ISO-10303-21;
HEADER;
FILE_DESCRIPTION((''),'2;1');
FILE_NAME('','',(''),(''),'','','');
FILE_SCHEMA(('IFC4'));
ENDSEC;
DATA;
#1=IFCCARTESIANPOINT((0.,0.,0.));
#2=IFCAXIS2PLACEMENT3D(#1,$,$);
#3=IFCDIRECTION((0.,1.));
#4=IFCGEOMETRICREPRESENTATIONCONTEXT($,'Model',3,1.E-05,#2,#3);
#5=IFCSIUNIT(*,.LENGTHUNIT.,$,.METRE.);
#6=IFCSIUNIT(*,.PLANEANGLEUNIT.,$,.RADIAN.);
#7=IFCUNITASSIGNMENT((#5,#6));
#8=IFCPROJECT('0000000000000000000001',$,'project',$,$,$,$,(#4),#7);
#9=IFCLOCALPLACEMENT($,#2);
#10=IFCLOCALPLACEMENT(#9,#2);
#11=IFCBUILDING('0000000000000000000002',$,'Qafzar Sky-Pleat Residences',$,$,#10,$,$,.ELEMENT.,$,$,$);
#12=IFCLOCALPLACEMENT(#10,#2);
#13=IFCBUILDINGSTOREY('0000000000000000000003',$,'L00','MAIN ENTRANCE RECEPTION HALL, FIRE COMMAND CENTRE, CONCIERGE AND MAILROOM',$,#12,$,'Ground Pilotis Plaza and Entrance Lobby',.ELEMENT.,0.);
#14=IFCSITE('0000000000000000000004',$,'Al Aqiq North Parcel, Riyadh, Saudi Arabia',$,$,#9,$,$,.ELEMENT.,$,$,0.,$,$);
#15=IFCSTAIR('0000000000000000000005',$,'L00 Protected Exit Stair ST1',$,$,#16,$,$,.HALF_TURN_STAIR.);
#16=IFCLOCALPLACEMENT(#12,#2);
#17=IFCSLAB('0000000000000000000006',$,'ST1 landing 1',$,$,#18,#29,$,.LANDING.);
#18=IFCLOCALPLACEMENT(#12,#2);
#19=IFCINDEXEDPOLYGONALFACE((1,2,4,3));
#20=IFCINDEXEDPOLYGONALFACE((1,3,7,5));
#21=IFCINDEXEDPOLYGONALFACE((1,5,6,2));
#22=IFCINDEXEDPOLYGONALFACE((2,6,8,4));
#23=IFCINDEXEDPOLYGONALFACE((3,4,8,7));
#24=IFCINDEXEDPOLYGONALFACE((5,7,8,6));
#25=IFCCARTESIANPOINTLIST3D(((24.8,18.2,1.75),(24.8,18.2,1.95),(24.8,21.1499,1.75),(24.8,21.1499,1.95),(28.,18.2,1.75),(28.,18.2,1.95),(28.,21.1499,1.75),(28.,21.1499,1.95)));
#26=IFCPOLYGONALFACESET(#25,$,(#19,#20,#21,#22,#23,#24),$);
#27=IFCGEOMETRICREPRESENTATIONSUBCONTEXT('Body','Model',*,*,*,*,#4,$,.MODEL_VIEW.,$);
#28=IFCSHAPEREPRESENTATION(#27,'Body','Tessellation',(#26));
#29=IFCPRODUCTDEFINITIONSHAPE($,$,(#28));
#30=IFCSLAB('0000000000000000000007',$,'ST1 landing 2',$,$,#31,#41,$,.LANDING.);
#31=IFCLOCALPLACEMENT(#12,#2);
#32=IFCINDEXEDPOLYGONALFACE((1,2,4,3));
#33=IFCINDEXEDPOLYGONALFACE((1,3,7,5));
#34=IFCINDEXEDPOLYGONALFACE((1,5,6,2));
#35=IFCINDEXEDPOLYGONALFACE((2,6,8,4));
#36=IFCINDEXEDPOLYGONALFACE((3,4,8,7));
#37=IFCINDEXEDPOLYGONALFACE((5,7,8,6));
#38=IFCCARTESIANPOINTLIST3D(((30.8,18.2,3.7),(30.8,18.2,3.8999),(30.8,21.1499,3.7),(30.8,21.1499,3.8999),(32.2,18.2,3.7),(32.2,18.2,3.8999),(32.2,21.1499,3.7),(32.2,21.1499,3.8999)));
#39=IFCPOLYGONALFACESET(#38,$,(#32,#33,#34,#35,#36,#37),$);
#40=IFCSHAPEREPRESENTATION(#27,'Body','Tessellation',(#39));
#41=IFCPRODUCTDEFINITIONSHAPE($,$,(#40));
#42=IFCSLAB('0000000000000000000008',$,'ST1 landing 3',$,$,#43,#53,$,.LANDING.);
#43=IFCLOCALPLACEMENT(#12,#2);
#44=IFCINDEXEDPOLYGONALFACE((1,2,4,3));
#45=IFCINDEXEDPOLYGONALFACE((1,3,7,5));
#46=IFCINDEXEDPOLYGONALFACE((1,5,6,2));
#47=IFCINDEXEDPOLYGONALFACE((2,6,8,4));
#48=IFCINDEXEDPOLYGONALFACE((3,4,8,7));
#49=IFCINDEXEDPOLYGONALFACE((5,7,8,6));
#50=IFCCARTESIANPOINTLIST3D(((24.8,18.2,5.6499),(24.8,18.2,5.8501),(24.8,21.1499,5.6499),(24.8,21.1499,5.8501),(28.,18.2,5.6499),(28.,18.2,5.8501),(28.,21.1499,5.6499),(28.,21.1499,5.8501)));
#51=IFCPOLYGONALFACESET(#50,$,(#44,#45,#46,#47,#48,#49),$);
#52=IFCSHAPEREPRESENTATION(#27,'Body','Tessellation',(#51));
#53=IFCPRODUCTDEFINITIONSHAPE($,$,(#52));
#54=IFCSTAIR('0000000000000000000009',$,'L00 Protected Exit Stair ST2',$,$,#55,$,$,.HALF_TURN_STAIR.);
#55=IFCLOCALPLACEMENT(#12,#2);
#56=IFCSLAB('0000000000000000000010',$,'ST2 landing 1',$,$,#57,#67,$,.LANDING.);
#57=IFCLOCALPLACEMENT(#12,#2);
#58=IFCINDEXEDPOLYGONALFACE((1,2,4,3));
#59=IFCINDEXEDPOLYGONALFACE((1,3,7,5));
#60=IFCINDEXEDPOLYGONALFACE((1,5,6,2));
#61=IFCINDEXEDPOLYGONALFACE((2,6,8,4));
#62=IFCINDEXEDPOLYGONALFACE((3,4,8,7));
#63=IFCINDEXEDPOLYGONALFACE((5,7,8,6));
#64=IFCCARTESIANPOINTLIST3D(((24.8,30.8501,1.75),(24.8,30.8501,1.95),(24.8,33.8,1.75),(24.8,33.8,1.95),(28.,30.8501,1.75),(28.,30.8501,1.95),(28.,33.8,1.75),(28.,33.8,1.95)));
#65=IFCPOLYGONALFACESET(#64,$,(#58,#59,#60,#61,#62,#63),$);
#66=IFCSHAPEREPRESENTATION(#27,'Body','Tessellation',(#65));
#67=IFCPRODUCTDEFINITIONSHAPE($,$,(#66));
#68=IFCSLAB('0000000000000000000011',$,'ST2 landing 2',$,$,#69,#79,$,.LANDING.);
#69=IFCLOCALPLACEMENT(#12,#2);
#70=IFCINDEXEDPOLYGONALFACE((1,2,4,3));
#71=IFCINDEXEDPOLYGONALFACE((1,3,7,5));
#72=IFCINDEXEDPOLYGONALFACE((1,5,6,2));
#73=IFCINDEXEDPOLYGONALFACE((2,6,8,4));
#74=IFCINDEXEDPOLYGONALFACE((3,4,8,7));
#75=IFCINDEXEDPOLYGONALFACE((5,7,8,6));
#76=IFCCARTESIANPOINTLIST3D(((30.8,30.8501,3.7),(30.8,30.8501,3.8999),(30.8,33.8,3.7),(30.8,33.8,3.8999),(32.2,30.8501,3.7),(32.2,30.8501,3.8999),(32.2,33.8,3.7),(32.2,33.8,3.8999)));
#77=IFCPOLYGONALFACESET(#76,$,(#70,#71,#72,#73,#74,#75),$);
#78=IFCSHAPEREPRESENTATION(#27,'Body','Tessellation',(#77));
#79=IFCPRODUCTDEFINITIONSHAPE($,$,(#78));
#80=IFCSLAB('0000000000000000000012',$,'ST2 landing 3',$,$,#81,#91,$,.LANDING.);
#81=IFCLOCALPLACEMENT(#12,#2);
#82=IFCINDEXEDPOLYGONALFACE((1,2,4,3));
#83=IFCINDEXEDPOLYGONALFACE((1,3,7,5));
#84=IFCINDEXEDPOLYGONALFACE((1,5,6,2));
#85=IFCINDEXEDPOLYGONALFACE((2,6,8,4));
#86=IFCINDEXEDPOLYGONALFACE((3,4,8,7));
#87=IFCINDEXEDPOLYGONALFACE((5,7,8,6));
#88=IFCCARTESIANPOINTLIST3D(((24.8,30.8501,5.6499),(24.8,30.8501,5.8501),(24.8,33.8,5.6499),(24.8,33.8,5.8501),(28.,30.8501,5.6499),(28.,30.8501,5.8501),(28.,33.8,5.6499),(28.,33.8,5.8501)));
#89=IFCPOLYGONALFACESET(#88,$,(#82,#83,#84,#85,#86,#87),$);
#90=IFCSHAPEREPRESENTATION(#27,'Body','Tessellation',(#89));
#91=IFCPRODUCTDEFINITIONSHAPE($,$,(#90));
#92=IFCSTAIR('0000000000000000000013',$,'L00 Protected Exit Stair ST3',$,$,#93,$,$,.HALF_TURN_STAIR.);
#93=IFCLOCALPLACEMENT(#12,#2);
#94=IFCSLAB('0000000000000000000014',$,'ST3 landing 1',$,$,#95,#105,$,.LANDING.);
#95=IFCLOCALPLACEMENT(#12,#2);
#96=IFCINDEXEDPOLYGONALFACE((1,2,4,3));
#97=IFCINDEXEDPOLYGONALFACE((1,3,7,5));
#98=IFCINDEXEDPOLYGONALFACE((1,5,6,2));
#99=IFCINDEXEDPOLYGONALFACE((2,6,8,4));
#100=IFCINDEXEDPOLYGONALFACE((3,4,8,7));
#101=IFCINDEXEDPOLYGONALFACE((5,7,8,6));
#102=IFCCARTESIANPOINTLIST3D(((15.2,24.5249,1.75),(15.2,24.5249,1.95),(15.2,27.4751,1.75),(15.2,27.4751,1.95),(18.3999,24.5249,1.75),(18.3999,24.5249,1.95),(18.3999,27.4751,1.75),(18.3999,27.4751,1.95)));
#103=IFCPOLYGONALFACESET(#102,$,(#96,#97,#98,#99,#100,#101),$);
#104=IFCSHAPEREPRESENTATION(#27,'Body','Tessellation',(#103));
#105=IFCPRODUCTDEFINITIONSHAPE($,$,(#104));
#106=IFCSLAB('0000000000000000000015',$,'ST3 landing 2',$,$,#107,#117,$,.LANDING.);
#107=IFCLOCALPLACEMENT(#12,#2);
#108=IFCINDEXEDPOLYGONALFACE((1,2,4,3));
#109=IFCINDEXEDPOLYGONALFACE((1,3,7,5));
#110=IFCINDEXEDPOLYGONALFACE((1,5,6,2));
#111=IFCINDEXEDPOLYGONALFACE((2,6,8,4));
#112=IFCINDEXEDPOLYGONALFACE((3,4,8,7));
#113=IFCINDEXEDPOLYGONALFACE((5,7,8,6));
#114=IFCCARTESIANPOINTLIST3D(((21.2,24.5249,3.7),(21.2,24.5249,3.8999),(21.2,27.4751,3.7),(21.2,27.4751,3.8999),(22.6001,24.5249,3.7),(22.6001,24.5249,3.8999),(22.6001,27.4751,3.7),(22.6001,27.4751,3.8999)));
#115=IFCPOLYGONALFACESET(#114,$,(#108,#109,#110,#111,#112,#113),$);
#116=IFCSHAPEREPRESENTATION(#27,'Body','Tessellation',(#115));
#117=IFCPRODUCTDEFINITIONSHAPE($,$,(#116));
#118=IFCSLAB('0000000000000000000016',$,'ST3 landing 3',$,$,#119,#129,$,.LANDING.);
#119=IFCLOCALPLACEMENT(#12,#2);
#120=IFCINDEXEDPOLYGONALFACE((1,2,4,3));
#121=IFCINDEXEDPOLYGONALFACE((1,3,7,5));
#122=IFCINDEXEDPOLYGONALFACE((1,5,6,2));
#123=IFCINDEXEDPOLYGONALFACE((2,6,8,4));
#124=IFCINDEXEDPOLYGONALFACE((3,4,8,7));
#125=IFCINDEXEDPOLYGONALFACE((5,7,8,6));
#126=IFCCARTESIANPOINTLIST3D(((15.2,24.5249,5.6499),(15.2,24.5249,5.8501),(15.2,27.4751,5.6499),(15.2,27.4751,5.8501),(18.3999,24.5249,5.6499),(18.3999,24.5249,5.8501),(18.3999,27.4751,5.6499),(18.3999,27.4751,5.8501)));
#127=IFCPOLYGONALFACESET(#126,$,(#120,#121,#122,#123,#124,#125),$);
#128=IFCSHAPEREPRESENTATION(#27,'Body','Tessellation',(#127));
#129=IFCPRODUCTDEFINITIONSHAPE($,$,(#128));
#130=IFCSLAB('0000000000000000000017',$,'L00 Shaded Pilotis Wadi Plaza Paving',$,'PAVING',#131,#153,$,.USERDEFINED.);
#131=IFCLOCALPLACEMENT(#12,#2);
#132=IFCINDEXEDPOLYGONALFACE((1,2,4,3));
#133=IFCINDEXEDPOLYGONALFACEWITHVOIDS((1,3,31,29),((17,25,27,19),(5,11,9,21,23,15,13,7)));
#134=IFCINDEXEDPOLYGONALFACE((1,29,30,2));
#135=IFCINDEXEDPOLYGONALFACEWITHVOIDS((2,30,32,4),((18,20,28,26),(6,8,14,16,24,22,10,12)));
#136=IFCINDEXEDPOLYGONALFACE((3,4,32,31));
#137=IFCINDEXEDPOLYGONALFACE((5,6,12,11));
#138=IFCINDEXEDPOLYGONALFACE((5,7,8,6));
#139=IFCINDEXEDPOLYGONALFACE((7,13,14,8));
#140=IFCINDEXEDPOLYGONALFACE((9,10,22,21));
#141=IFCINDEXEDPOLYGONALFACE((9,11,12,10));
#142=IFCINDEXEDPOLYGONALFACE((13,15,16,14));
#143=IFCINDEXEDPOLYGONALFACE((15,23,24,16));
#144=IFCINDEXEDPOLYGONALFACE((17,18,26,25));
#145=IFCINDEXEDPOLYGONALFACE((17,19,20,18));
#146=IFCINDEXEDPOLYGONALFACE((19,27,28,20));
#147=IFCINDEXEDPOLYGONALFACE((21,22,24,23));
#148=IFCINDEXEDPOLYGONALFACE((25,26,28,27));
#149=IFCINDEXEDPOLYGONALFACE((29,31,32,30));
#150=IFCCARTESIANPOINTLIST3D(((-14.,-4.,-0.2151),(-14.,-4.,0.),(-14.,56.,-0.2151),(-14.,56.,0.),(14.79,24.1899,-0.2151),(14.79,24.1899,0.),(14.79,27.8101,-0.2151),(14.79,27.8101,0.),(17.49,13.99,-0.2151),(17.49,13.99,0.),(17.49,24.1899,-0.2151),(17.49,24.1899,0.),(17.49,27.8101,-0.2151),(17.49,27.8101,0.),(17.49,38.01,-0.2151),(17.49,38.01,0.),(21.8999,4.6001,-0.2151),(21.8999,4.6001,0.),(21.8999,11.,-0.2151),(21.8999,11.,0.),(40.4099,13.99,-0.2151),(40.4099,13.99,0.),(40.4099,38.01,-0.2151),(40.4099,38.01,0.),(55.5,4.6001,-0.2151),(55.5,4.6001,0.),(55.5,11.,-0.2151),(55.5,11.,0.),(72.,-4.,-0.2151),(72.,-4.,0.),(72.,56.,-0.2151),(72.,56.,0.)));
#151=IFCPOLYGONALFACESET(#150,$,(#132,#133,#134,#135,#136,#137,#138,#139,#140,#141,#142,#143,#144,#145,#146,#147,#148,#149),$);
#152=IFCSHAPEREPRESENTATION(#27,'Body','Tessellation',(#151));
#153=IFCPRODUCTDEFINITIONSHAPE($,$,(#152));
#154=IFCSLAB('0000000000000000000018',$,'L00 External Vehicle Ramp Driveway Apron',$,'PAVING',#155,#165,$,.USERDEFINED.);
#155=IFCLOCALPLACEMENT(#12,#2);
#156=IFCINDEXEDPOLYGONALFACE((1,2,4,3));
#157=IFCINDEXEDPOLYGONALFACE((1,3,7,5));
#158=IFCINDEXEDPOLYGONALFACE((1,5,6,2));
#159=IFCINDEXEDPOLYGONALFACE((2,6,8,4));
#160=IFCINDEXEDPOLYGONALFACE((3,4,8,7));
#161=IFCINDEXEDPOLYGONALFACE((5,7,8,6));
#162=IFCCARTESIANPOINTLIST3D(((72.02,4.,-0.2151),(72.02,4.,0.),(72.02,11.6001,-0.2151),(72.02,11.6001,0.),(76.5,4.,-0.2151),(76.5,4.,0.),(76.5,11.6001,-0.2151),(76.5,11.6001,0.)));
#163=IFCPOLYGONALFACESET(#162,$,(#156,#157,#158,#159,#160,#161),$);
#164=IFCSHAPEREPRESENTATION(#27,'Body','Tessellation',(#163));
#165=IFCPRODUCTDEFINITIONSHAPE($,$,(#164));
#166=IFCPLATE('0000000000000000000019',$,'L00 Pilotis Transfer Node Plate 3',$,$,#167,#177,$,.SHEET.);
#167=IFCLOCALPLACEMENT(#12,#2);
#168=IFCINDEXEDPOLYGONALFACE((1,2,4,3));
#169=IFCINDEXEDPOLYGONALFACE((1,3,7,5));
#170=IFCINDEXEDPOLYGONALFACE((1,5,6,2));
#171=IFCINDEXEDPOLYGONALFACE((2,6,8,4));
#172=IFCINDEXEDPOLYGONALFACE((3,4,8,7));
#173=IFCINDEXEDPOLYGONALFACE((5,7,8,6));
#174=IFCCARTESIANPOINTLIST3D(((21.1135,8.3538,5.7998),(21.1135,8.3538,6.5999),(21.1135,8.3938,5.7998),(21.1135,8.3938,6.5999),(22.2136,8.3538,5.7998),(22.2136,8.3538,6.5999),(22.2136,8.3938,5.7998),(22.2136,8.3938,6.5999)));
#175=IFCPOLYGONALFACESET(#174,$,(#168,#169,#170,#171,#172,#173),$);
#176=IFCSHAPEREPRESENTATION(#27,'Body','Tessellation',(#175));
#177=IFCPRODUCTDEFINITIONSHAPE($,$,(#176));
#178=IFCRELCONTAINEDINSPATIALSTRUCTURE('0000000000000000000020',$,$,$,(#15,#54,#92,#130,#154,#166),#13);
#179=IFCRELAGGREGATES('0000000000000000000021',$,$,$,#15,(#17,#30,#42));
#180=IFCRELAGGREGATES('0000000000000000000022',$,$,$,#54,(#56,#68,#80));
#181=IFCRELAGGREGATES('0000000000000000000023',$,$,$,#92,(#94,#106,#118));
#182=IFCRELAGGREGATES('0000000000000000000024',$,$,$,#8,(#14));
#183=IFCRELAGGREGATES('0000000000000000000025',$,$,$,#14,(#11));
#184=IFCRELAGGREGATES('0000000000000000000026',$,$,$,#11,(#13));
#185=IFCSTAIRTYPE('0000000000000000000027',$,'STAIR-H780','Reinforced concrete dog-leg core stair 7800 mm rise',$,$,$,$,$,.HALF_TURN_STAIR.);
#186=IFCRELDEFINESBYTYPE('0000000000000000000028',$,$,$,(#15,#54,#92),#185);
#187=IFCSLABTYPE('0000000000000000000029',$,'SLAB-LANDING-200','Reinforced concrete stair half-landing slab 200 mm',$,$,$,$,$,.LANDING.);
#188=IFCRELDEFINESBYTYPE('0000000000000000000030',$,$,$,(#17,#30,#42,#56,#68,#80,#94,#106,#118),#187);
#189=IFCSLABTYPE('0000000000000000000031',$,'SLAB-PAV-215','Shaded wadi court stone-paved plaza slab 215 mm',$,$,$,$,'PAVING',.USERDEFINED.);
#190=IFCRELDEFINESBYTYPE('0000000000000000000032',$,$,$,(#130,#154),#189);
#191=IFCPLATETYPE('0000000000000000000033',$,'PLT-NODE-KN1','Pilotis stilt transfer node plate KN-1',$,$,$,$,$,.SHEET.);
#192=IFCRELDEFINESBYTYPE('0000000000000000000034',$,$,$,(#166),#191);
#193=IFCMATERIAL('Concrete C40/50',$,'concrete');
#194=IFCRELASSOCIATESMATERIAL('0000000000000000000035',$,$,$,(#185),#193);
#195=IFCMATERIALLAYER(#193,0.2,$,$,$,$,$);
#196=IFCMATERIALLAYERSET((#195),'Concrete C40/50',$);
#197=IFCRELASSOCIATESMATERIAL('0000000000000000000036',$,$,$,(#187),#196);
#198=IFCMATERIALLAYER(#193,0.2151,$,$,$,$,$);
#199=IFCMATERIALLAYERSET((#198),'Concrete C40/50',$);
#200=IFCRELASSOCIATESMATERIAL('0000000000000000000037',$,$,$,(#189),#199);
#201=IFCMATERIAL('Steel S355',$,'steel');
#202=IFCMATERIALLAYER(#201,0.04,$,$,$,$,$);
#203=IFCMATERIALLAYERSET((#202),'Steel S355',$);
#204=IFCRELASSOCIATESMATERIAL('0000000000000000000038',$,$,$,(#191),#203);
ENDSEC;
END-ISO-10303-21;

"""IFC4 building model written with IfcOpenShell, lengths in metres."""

from ifc_helpers import new_model, si_unit, direction, frame, origin, origin_2d, place, context, subcontext, project, spatial, polyline, rectangle, outline, extrude, source, transform, mapped, material, layer, layer_set, type_object, element, aggregate, save


model = new_model("IFC4")

# Units and contexts
model_context = context("Model", 3, precision=1e-05, world=origin(), true_north=direction((0.0, 1.0)))
body_context = subcontext(model_context, "Body", "Model", "MODEL_VIEW")
ifc_project = project(units=[si_unit("LENGTHUNIT", "METRE"), si_unit("PLANEANGLEUNIT", "RADIAN")], contexts=[model_context])

# Site, building, storey
site_placement = place(None, origin())
site = spatial("IfcSite", under=ifc_project, at=site_placement, Name="Al Aqiq North Parcel, Riyadh, Saudi Arabia", CompositionType="ELEMENT", RefElevation=0.0)
building_placement = place(site_placement, origin())
building = spatial("IfcBuilding", under=site, at=building_placement, Name="Qafzar Sky-Pleat Residences", CompositionType="ELEMENT")
storey_placement = place(building_placement, origin())
storey = spatial("IfcBuildingStorey", under=building, at=storey_placement, Name="L00", Description="MAIN ENTRANCE RECEPTION HALL, FIRE COMMAND CENTRE, CONCIERGE AND MAILROOM", LongName="Ground Pilotis Plaza and Entrance Lobby", CompositionType="ELEMENT", Elevation=0.0)

# Shared definitions
ifc_material_1 = material(Name="Concrete C40/50", Category="concrete")

# Stairs, slabs
stair_type = type_object("IfcStairType", Name="STAIR-H780", Description="Reinforced concrete dog-leg core stair 7800 mm rise", PredefinedType="HALF_TURN_STAIR", material=ifc_material_1)
stair_1_placement = place(storey_placement, origin())
stair_1 = element("IfcStair", 1, at=stair_1_placement, inside=storey, type_object=stair_type, Name="L00 Protected Exit Stair ST1", PredefinedType="HALF_TURN_STAIR")
ifc_layer_1 = layer(ifc_material_1, 0.2)
ifc_layer_set_1 = layer_set([ifc_layer_1], Name="Concrete C40/50")
slab_type_1 = type_object("IfcSlabType", Name="SLAB-LANDING-200", Description="Reinforced concrete stair half-landing slab 200 mm", PredefinedType="LANDING", material=ifc_layer_set_1)
slab_1_placement = place(storey_placement, frame((0.0, 0.0, 1.75)))
slab_1 = element("IfcSlab", 2, at=slab_1_placement, type_object=slab_type_1, Name="ST1 landing 1", PredefinedType="LANDING", context=body_context, shape_type="SweptSolid", body=[
    extrude(outline(polyline([(28.0, 21.1499), (24.8, 21.1499), (24.8, 18.2), (28.0, 18.2), (28.0, 21.1499)])), origin(), (0.0, 0.0, 1.0), 0.2),
])
slab_2_placement = place(storey_placement, frame((0.0, 0.0, 3.7)))
slab_2 = element("IfcSlab", 3, at=slab_2_placement, type_object=slab_type_1, Name="ST1 landing 2", PredefinedType="LANDING", context=body_context, shape_type="SweptSolid", body=[
    extrude(outline(polyline([(32.2, 21.1499), (30.8, 21.1499), (30.8, 18.2), (32.2, 18.2), (32.2, 21.1499)])), origin(), (0.0, 0.0, 1.0), 0.2),
])
slab_3_placement = place(storey_placement, frame((0.0, 0.0, 5.6499)))
slab_3 = element("IfcSlab", 4, at=slab_3_placement, type_object=slab_type_1, Name="ST1 landing 3", PredefinedType="LANDING", context=body_context, shape_type="SweptSolid", body=[
    extrude(outline(polyline([(28.0, 21.1499), (24.8, 21.1499), (24.8, 18.2), (28.0, 18.2), (28.0, 21.1499)])), origin(), (0.0, 0.0, 1.0), 0.2002),
])
aggregate(stair_1, [slab_1, slab_2, slab_3])
stair_2_placement = place(storey_placement, origin())
stair_2 = element("IfcStair", 5, at=stair_2_placement, inside=storey, type_object=stair_type, Name="L00 Protected Exit Stair ST2", PredefinedType="HALF_TURN_STAIR")
slab_4_placement = place(storey_placement, frame((0.0, 0.0, 1.75)))
slab_4 = element("IfcSlab", 6, at=slab_4_placement, type_object=slab_type_1, Name="ST2 landing 1", PredefinedType="LANDING", context=body_context, shape_type="SweptSolid", body=[
    extrude(outline(polyline([(28.0, 33.8), (24.8, 33.8), (24.8, 30.8501), (28.0, 30.8501), (28.0, 33.8)])), origin(), (0.0, 0.0, 1.0), 0.2),
])
slab_5_placement = place(storey_placement, frame((0.0, 0.0, 3.7)))
slab_5 = element("IfcSlab", 7, at=slab_5_placement, type_object=slab_type_1, Name="ST2 landing 2", PredefinedType="LANDING", context=body_context, shape_type="SweptSolid", body=[
    extrude(outline(polyline([(32.2, 33.8), (30.8, 33.8), (30.8, 30.8501), (32.2, 30.8501), (32.2, 33.8)])), origin(), (0.0, 0.0, 1.0), 0.2),
])
slab_6_placement = place(storey_placement, frame((0.0, 0.0, 5.6499)))
slab_6 = element("IfcSlab", 8, at=slab_6_placement, type_object=slab_type_1, Name="ST2 landing 3", PredefinedType="LANDING", context=body_context, shape_type="SweptSolid", body=[
    extrude(outline(polyline([(28.0, 33.8), (24.8, 33.8), (24.8, 30.8501), (28.0, 30.8501), (28.0, 33.8)])), origin(), (0.0, 0.0, 1.0), 0.2002),
])
aggregate(stair_2, [slab_4, slab_5, slab_6])
stair_3_placement = place(storey_placement, origin())
stair_3 = element("IfcStair", 9, at=stair_3_placement, inside=storey, type_object=stair_type, Name="L00 Protected Exit Stair ST3", PredefinedType="HALF_TURN_STAIR")
slab_7_placement = place(storey_placement, frame((0.0, 0.0, 1.75)))
slab_7 = element("IfcSlab", 10, at=slab_7_placement, type_object=slab_type_1, Name="ST3 landing 1", PredefinedType="LANDING", context=body_context, shape_type="SweptSolid", body=[
    extrude(outline(polyline([(18.3999, 27.4751), (15.2, 27.4751), (15.2, 24.5249), (18.3999, 24.5249), (18.3999, 27.4751)])), origin(), (0.0, 0.0, 1.0), 0.2),
])
slab_8_placement = place(storey_placement, frame((0.0, 0.0, 3.7)))
slab_8 = element("IfcSlab", 11, at=slab_8_placement, type_object=slab_type_1, Name="ST3 landing 2", PredefinedType="LANDING", context=body_context, shape_type="SweptSolid", body=[
    extrude(outline(polyline([(22.6001, 27.4751), (21.2, 27.4751), (21.2, 24.5249), (22.6001, 24.5249), (22.6001, 27.4751)])), origin(), (0.0, 0.0, 1.0), 0.2),
])
slab_9_placement = place(storey_placement, frame((0.0, 0.0, 5.6499)))
slab_9 = element("IfcSlab", 12, at=slab_9_placement, type_object=slab_type_1, Name="ST3 landing 3", PredefinedType="LANDING", context=body_context, shape_type="SweptSolid", body=[
    extrude(outline(polyline([(18.3999, 27.4751), (15.2, 27.4751), (15.2, 24.5249), (18.3999, 24.5249), (18.3999, 27.4751)])), origin(), (0.0, 0.0, 1.0), 0.2002),
])
aggregate(stair_3, [slab_7, slab_8, slab_9])

# Slabs
ifc_layer_2 = layer(ifc_material_1, 0.2151)
ifc_layer_set_2 = layer_set([ifc_layer_2], Name="Concrete C40/50")
slab_type_2 = type_object("IfcSlabType", Name="SLAB-PAV-215", Description="Shaded wadi court stone-paved plaza slab 215 mm", ElementType="PAVING", PredefinedType="USERDEFINED", material=ifc_layer_set_2)
slab_10_placement = place(storey_placement, frame((0.0, 0.0, -0.2151)))
element("IfcSlab", 13, at=slab_10_placement, inside=storey, type_object=slab_type_2, Name="L00 Shaded Pilotis Wadi Plaza Paving", ObjectType="PAVING", PredefinedType="USERDEFINED", context=body_context, shape_type="SweptSolid", body=[
    extrude(outline(polyline([(-14.0, -4.0), (72.0, -4.0), (72.0, 56.0), (-14.0, 56.0), (-14.0, -4.0)]), holes=[polyline([(17.49, 38.01), (40.4099, 38.01), (40.4099, 13.99), (17.49, 13.99), (17.49, 24.1899), (14.79, 24.1899), (14.79, 27.8101), (17.49, 27.8101), (17.49, 38.01)]), polyline([(21.8999, 4.6001), (55.5, 4.6001), (55.5, 11.0), (21.8999, 11.0), (21.8999, 4.6001)])]), origin(), (0.0, 0.0, 1.0), 0.2151),
])
slab_11_placement = place(storey_placement, frame((0.0, 0.0, -0.2151)))
element("IfcSlab", 14, at=slab_11_placement, inside=storey, type_object=slab_type_2, Name="L00 External Vehicle Ramp Driveway Apron", ObjectType="PAVING", PredefinedType="USERDEFINED", context=body_context, shape_type="SweptSolid", body=[
    extrude(outline(polyline([(72.02, 4.0), (76.5, 4.0), (76.5, 11.6001), (72.02, 11.6001), (72.02, 4.0)])), origin(), (0.0, 0.0, 1.0), 0.2151),
])

# Plate
ifc_material_2 = material(Name="Steel S355", Category="steel")
ifc_layer_3 = layer(ifc_material_2, 0.04)
ifc_layer_set_3 = layer_set([ifc_layer_3], Name="Steel S355")
plate_type = type_object("IfcPlateType", Name="PLT-NODE-KN1", Description="Pilotis stilt transfer node plate KN-1", PredefinedType="SHEET", material=ifc_layer_set_3)
shared_shape_1 = source(origin(), body_context, "Body", "SweptSolid", [
    extrude(rectangle(XDim=1.1001, YDim=0.04, at=origin_2d()), origin(), (0.0, 0.0, 1.0), 0.8),
])
plate_placement = place(storey_placement, frame((21.6636, 8.3738, 5.7998), z_axis=(0.0, 0.0, 1.0), x_axis=(1.0, 0.0, 0.0)))
element("IfcPlate", 15, at=plate_placement, inside=storey, type_object=plate_type, Name="L00 Pilotis Transfer Node Plate 3", PredefinedType="SHEET", context=body_context, shape_type="MappedRepresentation", body=[
    mapped(shared_shape_1, transform((0.0, 0.0, 0.0), x_axis=(1.0, 0.0, 0.0), y_axis=(0.0, 1.0, 0.0), z_axis=(0.0, 0.0, 1.0), scale=1.0)),
])

save(model, "model.ifc")
